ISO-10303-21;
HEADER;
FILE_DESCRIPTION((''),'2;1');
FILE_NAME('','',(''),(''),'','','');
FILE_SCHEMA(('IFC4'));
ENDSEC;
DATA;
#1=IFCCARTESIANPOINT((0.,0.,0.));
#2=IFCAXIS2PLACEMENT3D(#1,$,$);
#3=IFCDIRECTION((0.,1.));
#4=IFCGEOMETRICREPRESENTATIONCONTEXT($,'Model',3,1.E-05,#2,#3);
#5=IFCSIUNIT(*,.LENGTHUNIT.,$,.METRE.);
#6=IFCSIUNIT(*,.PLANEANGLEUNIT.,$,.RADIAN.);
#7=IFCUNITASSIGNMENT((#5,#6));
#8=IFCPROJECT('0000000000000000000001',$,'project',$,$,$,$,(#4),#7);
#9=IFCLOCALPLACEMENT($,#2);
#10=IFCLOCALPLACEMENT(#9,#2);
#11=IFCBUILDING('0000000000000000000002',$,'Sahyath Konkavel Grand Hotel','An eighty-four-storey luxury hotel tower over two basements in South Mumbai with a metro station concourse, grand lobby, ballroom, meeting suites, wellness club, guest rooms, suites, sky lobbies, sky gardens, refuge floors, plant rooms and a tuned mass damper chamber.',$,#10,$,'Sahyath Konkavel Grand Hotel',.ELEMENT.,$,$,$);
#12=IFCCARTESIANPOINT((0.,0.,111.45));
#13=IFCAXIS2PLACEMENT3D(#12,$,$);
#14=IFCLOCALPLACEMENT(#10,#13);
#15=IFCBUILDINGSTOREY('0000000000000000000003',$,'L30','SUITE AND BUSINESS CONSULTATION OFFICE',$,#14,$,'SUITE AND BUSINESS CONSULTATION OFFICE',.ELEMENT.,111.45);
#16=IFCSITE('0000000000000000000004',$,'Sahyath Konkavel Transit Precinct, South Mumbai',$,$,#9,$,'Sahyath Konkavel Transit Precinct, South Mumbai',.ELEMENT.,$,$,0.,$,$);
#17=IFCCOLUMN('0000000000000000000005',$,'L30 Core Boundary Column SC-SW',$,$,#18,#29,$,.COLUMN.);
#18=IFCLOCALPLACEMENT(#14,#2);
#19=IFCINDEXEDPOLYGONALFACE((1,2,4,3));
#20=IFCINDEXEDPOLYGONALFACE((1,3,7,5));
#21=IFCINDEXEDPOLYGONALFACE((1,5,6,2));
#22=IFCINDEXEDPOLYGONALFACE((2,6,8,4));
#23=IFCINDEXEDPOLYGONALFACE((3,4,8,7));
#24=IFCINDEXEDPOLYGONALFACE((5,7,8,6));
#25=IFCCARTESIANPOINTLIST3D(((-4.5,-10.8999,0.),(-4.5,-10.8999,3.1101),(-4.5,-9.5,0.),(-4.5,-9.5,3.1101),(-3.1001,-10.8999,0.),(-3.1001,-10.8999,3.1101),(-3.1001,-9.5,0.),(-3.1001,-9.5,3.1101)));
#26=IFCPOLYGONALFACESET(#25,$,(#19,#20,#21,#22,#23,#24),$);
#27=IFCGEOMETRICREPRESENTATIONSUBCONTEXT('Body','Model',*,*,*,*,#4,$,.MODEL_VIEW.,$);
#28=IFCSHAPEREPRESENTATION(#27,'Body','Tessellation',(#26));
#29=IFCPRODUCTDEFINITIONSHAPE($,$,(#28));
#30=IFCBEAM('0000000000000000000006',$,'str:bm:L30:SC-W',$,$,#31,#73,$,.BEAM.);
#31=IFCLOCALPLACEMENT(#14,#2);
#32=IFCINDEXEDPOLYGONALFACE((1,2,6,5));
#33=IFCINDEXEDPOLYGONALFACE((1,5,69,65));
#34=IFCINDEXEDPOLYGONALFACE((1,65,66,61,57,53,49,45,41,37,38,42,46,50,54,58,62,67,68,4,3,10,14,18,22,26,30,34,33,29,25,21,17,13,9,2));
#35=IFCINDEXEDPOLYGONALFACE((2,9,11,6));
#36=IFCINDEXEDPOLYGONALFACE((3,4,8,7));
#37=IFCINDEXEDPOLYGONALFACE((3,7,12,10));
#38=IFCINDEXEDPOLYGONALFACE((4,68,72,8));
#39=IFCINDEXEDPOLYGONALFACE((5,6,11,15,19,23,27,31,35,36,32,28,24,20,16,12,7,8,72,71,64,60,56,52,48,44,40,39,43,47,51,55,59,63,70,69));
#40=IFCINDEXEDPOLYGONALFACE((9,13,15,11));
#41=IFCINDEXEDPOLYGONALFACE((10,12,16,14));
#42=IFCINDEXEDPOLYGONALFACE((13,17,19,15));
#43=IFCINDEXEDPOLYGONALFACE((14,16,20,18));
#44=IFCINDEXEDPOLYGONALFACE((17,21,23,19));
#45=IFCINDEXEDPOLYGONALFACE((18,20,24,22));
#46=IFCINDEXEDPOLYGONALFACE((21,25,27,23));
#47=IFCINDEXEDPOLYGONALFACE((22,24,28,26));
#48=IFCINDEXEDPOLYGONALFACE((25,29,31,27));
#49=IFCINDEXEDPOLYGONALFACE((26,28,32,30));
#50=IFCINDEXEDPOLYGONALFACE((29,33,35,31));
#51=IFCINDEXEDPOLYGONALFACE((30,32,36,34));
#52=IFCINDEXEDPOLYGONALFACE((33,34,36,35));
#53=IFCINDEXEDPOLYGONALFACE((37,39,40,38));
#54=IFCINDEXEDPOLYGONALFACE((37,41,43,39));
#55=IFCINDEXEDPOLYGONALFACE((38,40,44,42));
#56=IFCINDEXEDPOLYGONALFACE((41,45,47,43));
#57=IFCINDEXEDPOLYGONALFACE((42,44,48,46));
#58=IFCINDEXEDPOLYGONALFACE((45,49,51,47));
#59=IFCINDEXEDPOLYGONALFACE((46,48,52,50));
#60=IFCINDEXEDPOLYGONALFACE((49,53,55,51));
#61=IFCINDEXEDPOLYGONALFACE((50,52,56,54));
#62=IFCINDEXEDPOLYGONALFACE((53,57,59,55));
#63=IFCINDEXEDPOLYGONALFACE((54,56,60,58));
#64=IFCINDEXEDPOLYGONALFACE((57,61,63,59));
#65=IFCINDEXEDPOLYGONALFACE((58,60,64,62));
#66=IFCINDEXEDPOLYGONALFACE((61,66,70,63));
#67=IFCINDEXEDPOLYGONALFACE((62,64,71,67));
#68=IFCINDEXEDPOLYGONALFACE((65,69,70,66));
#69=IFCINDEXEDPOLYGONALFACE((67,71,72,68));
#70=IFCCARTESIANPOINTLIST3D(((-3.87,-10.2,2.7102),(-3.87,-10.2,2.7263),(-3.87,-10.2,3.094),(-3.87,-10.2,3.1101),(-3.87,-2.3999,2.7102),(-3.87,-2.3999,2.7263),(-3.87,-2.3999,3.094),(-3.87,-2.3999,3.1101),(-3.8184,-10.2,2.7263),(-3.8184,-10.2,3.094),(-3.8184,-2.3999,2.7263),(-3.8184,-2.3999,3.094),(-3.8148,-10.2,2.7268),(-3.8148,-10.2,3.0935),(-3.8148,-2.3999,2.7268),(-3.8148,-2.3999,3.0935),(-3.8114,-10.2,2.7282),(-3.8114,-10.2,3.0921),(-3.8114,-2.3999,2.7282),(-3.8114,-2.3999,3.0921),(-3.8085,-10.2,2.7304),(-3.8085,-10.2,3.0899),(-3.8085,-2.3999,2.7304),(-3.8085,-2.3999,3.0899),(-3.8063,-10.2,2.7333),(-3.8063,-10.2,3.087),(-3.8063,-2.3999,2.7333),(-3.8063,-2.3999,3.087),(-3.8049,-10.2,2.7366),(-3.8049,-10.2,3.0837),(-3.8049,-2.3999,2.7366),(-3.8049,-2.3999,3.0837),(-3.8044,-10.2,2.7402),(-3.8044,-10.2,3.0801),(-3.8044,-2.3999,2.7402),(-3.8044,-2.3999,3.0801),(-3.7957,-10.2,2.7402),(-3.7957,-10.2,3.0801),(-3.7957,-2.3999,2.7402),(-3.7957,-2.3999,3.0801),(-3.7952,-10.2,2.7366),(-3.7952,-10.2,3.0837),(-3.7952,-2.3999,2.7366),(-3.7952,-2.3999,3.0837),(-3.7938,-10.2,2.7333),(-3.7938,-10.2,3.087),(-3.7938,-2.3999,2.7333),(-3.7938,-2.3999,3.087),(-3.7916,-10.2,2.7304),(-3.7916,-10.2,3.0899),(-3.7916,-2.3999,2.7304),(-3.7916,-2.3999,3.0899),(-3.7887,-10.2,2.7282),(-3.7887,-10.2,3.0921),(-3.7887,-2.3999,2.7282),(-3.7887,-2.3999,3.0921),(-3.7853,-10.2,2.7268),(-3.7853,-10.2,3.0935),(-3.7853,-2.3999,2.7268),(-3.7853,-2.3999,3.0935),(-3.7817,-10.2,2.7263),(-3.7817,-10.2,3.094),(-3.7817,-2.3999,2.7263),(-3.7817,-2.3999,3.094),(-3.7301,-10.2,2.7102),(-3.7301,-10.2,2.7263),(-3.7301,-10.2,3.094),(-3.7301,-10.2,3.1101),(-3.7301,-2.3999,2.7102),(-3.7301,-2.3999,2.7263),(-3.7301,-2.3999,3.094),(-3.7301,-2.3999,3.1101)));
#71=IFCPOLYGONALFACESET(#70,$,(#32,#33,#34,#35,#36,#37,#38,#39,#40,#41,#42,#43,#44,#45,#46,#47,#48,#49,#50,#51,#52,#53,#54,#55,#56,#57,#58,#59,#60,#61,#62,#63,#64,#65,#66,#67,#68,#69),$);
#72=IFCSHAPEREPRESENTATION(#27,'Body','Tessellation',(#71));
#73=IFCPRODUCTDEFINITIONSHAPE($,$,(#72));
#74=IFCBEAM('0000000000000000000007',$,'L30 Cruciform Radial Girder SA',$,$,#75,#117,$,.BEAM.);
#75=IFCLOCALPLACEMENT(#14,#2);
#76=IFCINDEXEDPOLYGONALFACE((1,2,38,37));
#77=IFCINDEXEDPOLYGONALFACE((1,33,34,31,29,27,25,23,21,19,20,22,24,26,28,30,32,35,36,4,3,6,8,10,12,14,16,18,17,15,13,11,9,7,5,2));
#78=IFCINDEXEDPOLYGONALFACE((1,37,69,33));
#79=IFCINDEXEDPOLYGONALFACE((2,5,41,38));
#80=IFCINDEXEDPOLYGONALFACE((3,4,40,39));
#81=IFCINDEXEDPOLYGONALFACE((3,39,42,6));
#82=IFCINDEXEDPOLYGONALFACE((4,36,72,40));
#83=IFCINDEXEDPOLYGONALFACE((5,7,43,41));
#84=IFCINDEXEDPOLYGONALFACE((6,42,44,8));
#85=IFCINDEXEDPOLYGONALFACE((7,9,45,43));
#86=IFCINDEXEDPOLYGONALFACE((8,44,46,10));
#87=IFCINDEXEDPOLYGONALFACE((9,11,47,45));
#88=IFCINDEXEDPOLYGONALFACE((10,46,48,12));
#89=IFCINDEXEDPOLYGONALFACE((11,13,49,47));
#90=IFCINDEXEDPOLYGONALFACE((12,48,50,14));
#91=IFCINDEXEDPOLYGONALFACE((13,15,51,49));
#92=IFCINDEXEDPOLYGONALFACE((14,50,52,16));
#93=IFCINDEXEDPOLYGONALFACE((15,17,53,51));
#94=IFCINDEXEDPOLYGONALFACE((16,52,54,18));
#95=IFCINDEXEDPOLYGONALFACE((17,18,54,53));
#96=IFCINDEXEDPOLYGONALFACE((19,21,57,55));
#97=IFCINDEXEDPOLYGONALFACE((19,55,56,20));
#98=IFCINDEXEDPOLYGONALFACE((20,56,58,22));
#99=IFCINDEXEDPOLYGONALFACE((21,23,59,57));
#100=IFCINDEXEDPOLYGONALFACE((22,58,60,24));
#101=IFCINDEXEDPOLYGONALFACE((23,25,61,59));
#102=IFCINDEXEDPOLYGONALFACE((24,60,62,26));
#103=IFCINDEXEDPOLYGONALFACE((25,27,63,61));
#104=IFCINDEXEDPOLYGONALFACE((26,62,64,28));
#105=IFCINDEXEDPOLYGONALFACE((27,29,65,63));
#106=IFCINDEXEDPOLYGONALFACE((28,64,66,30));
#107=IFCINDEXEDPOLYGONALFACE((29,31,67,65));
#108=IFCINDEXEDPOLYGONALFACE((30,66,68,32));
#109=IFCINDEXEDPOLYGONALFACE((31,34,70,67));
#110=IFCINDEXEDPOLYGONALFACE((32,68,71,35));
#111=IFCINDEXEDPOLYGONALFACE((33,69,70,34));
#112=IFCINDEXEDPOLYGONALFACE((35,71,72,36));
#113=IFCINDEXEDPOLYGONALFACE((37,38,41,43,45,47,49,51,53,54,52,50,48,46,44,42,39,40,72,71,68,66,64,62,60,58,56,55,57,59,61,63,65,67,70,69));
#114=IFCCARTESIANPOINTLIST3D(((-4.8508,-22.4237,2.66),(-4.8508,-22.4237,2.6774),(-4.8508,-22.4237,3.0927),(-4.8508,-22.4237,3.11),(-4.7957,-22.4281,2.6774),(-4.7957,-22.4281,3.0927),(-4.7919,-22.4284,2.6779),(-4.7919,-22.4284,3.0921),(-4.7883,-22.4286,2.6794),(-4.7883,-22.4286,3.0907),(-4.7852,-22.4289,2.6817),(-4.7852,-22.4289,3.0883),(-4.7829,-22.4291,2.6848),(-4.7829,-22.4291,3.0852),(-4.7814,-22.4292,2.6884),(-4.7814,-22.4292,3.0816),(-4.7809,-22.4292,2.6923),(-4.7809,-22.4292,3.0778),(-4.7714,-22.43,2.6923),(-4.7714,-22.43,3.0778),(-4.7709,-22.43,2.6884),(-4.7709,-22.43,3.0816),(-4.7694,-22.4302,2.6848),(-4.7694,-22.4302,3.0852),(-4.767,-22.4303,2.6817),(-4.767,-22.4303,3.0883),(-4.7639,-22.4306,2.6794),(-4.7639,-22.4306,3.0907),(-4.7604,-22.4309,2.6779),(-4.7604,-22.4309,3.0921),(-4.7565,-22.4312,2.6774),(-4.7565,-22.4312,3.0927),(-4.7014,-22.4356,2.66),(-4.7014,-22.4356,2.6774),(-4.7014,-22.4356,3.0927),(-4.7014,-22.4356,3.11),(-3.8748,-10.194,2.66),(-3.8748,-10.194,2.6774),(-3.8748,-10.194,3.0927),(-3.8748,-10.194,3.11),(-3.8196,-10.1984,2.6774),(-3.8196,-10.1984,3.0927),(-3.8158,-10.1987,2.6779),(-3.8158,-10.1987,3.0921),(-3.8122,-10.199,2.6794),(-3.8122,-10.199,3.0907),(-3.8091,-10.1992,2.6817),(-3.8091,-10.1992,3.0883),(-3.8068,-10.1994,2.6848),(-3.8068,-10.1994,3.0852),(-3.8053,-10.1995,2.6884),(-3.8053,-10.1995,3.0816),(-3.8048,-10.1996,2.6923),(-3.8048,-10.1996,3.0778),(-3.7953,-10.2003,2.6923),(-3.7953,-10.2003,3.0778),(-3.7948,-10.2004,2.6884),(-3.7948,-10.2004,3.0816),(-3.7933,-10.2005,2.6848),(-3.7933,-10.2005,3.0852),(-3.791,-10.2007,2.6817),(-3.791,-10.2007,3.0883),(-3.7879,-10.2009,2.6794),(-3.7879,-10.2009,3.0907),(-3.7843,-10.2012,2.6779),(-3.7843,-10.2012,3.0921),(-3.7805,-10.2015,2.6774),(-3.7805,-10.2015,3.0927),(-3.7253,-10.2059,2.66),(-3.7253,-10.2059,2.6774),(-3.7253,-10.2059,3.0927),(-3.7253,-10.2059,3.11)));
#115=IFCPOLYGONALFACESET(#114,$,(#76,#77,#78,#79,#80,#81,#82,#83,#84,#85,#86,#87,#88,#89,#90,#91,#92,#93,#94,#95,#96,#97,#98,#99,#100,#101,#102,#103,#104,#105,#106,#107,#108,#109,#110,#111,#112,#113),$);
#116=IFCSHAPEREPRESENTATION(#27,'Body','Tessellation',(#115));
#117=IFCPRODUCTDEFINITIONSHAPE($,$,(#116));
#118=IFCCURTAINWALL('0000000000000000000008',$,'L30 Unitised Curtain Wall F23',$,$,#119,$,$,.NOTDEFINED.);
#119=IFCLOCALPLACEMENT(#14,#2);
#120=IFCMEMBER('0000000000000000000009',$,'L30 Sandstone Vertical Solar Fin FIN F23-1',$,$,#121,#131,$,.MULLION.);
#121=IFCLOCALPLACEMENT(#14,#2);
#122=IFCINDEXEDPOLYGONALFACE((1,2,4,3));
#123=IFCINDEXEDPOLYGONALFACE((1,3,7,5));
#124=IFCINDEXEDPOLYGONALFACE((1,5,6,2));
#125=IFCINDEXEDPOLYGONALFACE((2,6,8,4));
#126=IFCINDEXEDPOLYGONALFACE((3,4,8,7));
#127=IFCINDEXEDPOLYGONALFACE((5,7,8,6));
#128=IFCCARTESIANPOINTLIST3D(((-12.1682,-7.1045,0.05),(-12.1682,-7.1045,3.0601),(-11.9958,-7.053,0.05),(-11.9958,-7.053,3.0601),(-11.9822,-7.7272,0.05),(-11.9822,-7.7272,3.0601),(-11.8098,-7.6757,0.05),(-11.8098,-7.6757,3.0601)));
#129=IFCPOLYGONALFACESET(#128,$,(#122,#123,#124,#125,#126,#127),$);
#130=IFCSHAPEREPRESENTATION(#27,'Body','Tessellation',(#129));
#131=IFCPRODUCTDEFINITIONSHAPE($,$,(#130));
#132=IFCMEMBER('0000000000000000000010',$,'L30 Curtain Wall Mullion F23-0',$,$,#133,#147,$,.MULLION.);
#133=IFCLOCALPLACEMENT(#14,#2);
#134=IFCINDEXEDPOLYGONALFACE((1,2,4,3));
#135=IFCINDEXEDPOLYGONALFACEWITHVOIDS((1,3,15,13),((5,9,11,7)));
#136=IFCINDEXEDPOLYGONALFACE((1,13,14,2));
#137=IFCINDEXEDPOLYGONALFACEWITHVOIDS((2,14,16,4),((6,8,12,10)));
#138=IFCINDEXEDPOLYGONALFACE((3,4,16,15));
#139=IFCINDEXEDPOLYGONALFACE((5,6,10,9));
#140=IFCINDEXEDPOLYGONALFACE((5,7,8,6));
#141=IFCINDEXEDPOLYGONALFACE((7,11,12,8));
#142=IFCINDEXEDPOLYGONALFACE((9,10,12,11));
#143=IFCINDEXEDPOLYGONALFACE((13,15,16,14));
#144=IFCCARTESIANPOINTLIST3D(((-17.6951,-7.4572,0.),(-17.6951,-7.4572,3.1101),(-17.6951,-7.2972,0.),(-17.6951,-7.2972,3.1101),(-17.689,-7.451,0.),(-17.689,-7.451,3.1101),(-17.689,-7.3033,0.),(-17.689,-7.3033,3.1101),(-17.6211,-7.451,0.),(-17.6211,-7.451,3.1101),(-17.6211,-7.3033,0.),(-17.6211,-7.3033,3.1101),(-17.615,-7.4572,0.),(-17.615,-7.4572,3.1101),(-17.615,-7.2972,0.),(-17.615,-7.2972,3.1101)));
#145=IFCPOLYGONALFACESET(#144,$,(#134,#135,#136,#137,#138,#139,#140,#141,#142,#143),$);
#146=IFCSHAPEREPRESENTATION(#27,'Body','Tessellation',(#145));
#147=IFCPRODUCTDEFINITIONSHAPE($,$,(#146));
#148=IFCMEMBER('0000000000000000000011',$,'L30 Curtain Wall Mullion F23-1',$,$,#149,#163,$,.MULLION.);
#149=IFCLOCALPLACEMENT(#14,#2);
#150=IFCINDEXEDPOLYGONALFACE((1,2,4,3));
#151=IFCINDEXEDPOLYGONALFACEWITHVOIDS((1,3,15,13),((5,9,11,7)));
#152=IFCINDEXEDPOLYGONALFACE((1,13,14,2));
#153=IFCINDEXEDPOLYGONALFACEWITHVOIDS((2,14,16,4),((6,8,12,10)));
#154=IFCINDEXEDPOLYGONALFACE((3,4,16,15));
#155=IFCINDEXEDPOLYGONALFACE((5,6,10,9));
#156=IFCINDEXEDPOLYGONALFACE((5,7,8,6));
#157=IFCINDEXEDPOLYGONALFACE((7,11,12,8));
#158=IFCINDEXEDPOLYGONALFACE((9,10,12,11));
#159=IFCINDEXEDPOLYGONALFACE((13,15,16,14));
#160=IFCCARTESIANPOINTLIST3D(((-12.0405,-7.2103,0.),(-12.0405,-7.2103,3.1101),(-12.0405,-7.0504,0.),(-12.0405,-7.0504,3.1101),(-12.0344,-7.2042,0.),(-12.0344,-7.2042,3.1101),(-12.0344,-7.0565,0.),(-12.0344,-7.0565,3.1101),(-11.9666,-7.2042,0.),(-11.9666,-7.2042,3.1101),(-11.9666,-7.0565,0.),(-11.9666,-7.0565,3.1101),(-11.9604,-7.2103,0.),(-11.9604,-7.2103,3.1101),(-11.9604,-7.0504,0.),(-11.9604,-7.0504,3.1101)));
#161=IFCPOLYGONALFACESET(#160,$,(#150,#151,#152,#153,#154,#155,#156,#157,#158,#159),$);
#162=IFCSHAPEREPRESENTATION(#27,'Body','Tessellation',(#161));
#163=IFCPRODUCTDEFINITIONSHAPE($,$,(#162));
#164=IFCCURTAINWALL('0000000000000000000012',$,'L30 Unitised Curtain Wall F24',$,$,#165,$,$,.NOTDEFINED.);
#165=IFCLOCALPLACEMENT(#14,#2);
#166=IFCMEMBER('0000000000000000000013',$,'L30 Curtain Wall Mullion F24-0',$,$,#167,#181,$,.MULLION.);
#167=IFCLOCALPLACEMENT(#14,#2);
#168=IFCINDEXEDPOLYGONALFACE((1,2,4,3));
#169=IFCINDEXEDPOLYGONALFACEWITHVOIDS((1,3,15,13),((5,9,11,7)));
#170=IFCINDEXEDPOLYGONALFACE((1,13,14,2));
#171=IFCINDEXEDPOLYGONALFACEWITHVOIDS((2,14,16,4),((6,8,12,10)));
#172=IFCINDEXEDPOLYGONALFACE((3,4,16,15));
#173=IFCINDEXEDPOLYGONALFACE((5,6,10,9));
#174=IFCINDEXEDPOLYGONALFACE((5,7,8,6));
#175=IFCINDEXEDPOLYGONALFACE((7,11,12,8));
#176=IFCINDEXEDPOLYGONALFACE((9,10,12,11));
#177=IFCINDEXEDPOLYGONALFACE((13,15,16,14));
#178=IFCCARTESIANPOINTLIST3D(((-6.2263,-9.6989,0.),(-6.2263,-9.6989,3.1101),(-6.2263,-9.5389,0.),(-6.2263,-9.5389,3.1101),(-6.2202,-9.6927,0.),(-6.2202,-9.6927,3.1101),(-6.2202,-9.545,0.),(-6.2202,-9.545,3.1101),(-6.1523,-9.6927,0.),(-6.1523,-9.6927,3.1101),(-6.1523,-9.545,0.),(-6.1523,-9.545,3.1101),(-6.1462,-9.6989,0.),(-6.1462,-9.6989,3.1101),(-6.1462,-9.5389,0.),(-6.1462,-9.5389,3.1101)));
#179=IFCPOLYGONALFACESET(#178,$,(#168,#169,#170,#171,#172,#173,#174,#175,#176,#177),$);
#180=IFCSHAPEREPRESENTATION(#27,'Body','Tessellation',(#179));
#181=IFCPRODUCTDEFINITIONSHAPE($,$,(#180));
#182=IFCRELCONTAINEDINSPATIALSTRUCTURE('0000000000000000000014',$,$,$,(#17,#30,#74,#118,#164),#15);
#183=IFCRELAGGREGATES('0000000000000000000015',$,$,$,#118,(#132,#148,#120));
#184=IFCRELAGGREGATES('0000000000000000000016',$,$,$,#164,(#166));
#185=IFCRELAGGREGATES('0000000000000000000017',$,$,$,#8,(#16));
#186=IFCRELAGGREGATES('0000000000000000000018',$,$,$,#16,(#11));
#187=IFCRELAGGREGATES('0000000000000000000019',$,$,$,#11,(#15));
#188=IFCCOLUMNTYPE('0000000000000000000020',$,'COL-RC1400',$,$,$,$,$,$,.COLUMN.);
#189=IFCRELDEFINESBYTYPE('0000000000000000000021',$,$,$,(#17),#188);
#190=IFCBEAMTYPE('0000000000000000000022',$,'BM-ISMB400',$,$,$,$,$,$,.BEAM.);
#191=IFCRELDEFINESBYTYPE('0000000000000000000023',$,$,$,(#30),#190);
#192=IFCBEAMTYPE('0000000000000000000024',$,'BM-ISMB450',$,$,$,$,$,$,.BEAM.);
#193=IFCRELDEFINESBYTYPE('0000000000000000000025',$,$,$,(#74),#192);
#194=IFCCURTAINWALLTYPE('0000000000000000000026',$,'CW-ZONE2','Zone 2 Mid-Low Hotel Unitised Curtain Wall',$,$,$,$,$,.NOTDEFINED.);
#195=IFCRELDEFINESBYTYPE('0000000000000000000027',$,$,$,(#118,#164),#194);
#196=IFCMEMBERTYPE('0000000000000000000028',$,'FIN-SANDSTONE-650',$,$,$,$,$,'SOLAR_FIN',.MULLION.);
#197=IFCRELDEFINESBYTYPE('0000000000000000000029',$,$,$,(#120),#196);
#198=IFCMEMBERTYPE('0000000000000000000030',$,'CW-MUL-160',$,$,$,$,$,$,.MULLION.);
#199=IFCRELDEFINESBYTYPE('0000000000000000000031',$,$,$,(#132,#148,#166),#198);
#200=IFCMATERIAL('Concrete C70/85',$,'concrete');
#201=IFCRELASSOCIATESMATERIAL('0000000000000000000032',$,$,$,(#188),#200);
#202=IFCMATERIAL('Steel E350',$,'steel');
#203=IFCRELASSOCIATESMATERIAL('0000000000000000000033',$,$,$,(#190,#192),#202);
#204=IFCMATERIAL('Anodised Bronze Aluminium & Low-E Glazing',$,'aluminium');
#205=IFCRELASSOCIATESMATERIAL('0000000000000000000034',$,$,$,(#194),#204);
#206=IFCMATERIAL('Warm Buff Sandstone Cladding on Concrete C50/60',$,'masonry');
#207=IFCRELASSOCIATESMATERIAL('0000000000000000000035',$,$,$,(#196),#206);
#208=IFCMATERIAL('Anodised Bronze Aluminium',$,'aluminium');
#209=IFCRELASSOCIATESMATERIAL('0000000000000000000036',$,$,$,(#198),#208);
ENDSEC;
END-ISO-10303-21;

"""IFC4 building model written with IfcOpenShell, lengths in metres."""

from ifc_helpers import new_model, si_unit, direction, frame, origin, origin_2d, place, context, subcontext, project, spatial, rectangle, hollow_rectangle, i_section, extrude, source, transform, mapped, material, material_profile, profile_set, type_object, element, aggregate, save


model = new_model("IFC4")

# Units and contexts
model_context = context("Model", 3, precision=1e-05, world=origin(), true_north=direction((0.0, 1.0)))
body_context = subcontext(model_context, "Body", "Model", "MODEL_VIEW")
ifc_project = project(units=[si_unit("LENGTHUNIT", "METRE"), si_unit("PLANEANGLEUNIT", "RADIAN")], contexts=[model_context])

# Site, building, storey
site_placement = place(None, origin())
site = spatial("IfcSite", under=ifc_project, at=site_placement, Name="Sahyath Konkavel Transit Precinct, South Mumbai", LongName="Sahyath Konkavel Transit Precinct, South Mumbai", CompositionType="ELEMENT", RefElevation=0.0)
building_placement = place(site_placement, origin())
building = spatial("IfcBuilding", under=site, at=building_placement, Name="Sahyath Konkavel Grand Hotel", Description="An eighty-four-storey luxury hotel tower over two basements in South Mumbai with a metro station concourse, grand lobby, ballroom, meeting suites, wellness club, guest rooms, suites, sky lobbies, sky gardens, refuge floors, plant rooms and a tuned mass damper chamber.", LongName="Sahyath Konkavel Grand Hotel", CompositionType="ELEMENT")
storey_placement = place(building_placement, frame((0.0, 0.0, 111.45)))
storey = spatial("IfcBuildingStorey", under=building, at=storey_placement, Name="L30", Description="SUITE AND BUSINESS CONSULTATION OFFICE", LongName="SUITE AND BUSINESS CONSULTATION OFFICE", CompositionType="ELEMENT", Elevation=111.45)

# Column
ifc_material_1 = material(Name="Concrete C70/85", Category="concrete")
ifc_material_profile_1 = material_profile(ifc_material_1, rectangle(XDim=1.3999, YDim=1.3999, at=origin_2d()), Name="RC 1400x1400")
ifc_profile_set_1 = profile_set([ifc_material_profile_1], Name="Concrete C70/85")
column_type = type_object("IfcColumnType", Name="COL-RC1400", PredefinedType="COLUMN", material=ifc_profile_set_1)
shared_shape_1 = source(origin(), body_context, "Body", "SweptSolid", [
    extrude(rectangle(XDim=1.3999, YDim=1.3999, at=origin_2d()), origin(), (0.0, 0.0, 1.0), 3.1101),
])
column_placement = place(storey_placement, frame((-3.8, -10.2, 0.0), z_axis=(0.0, 0.0, 1.0), x_axis=(1.0, 0.0, 0.0)))
element("IfcColumn", 1, at=column_placement, inside=storey, type_object=column_type, Name="L30 Core Boundary Column SC-SW", PredefinedType="COLUMN", context=body_context, shape_type="MappedRepresentation", body=[
    mapped(shared_shape_1, transform((0.0, 0.0, 0.0), scale=1.0)),
])

# Beams
ifc_material_2 = material(Name="Steel E350", Category="steel")
ifc_material_profile_2 = material_profile(ifc_material_2, i_section(OverallWidth=0.1399, OverallDepth=0.3999, WebThickness=0.0088, FlangeThickness=0.0161, FilletRadius=0.0139, at=origin_2d()), Name="ISMB 400")
ifc_profile_set_2 = profile_set([ifc_material_profile_2], Name="Steel E350")
beam_type_1 = type_object("IfcBeamType", Name="BM-ISMB400", PredefinedType="BEAM", material=ifc_profile_set_2)
shared_shape_2 = source(origin(), body_context, "Body", "SweptSolid", [
    extrude(i_section(OverallWidth=0.1399, OverallDepth=0.3999, WebThickness=0.0088, FlangeThickness=0.0161, FilletRadius=0.0139, at=origin_2d()), origin(), (0.0, 0.0, 1.0), 7.8),
])
beam_1_placement = place(storey_placement, frame((-3.8, -10.2, 2.9102), z_axis=(0.0, 1.0, 0.0), x_axis=(-1.0, 0.0, 0.0)))
element("IfcBeam", 2, at=beam_1_placement, inside=storey, type_object=beam_type_1, Name="str:bm:L30:SC-W", PredefinedType="BEAM", context=body_context, shape_type="MappedRepresentation", body=[
    mapped(shared_shape_2, transform((0.0, 0.0, 0.0), scale=1.0)),
])
ifc_material_profile_3 = material_profile(ifc_material_2, i_section(OverallWidth=0.1499, OverallDepth=0.45, WebThickness=0.0095, FlangeThickness=0.0173, FilletRadius=0.0149, at=origin_2d()), Name="ISMB 450")
ifc_profile_set_3 = profile_set([ifc_material_profile_3], Name="Steel E350")
beam_type_2 = type_object("IfcBeamType", Name="BM-ISMB450", PredefinedType="BEAM", material=ifc_profile_set_3)
shared_shape_3 = source(origin(), body_context, "Body", "SweptSolid", [
    extrude(i_section(OverallWidth=0.1499, OverallDepth=0.45, WebThickness=0.0095, FlangeThickness=0.0173, FilletRadius=0.0149, at=origin_2d()), origin(), (0.0, 0.0, 1.0), 12.2686),
])
beam_2_placement = place(storey_placement, frame((-3.8, -10.2, 2.885), z_axis=(-0.079559, -0.99683, 0.0), x_axis=(0.99683, -0.079559, 0.0)))
element("IfcBeam", 3, at=beam_2_placement, inside=storey, type_object=beam_type_2, Name="L30 Cruciform Radial Girder SA", PredefinedType="BEAM", context=body_context, shape_type="MappedRepresentation", body=[
    mapped(shared_shape_3, transform((0.0, 0.0, 0.0), scale=1.0)),
])

# Curtain wall, members
ifc_material_3 = material(Name="Anodised Bronze Aluminium & Low-E Glazing", Category="aluminium")
curtain_wall_type = type_object("IfcCurtainWallType", Name="CW-ZONE2", Description="Zone 2 Mid-Low Hotel Unitised Curtain Wall", PredefinedType="NOTDEFINED", material=ifc_material_3)
curtain_wall_1_placement = place(storey_placement, origin())
curtain_wall_1 = element("IfcCurtainWall", 4, at=curtain_wall_1_placement, inside=storey, type_object=curtain_wall_type, Name="L30 Unitised Curtain Wall F23", PredefinedType="NOTDEFINED")
ifc_material_4 = material(Name="Warm Buff Sandstone Cladding on Concrete C50/60", Category="masonry")
ifc_material_profile_4 = material_profile(ifc_material_4, rectangle(XDim=0.1799, YDim=0.6499, at=origin_2d()), Name="FIN 180x650")
ifc_profile_set_4 = profile_set([ifc_material_profile_4], Name="Warm Buff Sandstone Cladding on Concrete C50/60")
member_type_1 = type_object("IfcMemberType", Name="FIN-SANDSTONE-650", ElementType="SOLAR_FIN", PredefinedType="MULLION", material=ifc_profile_set_4)
shared_shape_4 = source(origin(), body_context, "Body", "SweptSolid", [
    extrude(rectangle(XDim=0.1799, YDim=0.6499, at=origin_2d()), origin(), (0.0, 0.0, 1.0), 3.01),
])
member_1_placement = place(storey_placement, frame((-11.989, -7.3901, 0.05), z_axis=(0.0, 0.0, 1.0), x_axis=(0.958173, 0.28619, 0.0)))
member_1 = element("IfcMember", 5, at=member_1_placement, type_object=member_type_1, Name="L30 Sandstone Vertical Solar Fin FIN F23-1", PredefinedType="MULLION", context=body_context, shape_type="MappedRepresentation", body=[
    mapped(shared_shape_4, transform((0.0, 0.0, 0.0), scale=1.0)),
])
ifc_material_5 = material(Name="Anodised Bronze Aluminium", Category="aluminium")
ifc_material_profile_5 = material_profile(ifc_material_5, hollow_rectangle(XDim=0.0801, YDim=0.1599, WallThickness=0.0061, at=origin_2d()), Name="RHS 160x80x6")
ifc_profile_set_5 = profile_set([ifc_material_profile_5], Name="Anodised Bronze Aluminium")
member_type_2 = type_object("IfcMemberType", Name="CW-MUL-160", PredefinedType="MULLION", material=ifc_profile_set_5)
shared_shape_5 = source(origin(), body_context, "Body", "SweptSolid", [
    extrude(hollow_rectangle(XDim=0.0801, YDim=0.1599, WallThickness=0.0061, at=origin_2d()), origin(), (0.0, 0.0, 1.0), 3.1101),
])
member_2_placement = place(storey_placement, frame((-17.655, -7.3772, 0.0), z_axis=(0.0, 0.0, 1.0), x_axis=(1.0, 0.0, 0.0)))
member_2 = element("IfcMember", 6, at=member_2_placement, type_object=member_type_2, Name="L30 Curtain Wall Mullion F23-0", PredefinedType="MULLION", context=body_context, shape_type="MappedRepresentation", body=[
    mapped(shared_shape_5, transform((0.0, 0.0, 0.0), scale=1.0)),
])
member_3_placement = place(storey_placement, frame((-12.0005, -7.1304, 0.0), z_axis=(0.0, 0.0, 1.0), x_axis=(1.0, 0.0, 0.0)))
member_3 = element("IfcMember", 7, at=member_3_placement, type_object=member_type_2, Name="L30 Curtain Wall Mullion F23-1", PredefinedType="MULLION", context=body_context, shape_type="MappedRepresentation", body=[
    mapped(shared_shape_5, transform((0.0, 0.0, 0.0), scale=1.0)),
])

# Curtain wall, member
curtain_wall_2_placement = place(storey_placement, origin())
curtain_wall_2 = element("IfcCurtainWall", 8, at=curtain_wall_2_placement, inside=storey, type_object=curtain_wall_type, Name="L30 Unitised Curtain Wall F24", PredefinedType="NOTDEFINED")
member_4_placement = place(storey_placement, frame((-6.1863, -9.6189, 0.0), z_axis=(0.0, 0.0, 1.0), x_axis=(1.0, 0.0, 0.0)))
member_4 = element("IfcMember", 9, at=member_4_placement, type_object=member_type_2, Name="L30 Curtain Wall Mullion F24-0", PredefinedType="MULLION", context=body_context, shape_type="MappedRepresentation", body=[
    mapped(shared_shape_5, transform((0.0, 0.0, 0.0), scale=1.0)),
])

aggregate(curtain_wall_1, [member_2, member_3, member_1])
aggregate(curtain_wall_2, [member_4])

save(model, "model.ifc")
